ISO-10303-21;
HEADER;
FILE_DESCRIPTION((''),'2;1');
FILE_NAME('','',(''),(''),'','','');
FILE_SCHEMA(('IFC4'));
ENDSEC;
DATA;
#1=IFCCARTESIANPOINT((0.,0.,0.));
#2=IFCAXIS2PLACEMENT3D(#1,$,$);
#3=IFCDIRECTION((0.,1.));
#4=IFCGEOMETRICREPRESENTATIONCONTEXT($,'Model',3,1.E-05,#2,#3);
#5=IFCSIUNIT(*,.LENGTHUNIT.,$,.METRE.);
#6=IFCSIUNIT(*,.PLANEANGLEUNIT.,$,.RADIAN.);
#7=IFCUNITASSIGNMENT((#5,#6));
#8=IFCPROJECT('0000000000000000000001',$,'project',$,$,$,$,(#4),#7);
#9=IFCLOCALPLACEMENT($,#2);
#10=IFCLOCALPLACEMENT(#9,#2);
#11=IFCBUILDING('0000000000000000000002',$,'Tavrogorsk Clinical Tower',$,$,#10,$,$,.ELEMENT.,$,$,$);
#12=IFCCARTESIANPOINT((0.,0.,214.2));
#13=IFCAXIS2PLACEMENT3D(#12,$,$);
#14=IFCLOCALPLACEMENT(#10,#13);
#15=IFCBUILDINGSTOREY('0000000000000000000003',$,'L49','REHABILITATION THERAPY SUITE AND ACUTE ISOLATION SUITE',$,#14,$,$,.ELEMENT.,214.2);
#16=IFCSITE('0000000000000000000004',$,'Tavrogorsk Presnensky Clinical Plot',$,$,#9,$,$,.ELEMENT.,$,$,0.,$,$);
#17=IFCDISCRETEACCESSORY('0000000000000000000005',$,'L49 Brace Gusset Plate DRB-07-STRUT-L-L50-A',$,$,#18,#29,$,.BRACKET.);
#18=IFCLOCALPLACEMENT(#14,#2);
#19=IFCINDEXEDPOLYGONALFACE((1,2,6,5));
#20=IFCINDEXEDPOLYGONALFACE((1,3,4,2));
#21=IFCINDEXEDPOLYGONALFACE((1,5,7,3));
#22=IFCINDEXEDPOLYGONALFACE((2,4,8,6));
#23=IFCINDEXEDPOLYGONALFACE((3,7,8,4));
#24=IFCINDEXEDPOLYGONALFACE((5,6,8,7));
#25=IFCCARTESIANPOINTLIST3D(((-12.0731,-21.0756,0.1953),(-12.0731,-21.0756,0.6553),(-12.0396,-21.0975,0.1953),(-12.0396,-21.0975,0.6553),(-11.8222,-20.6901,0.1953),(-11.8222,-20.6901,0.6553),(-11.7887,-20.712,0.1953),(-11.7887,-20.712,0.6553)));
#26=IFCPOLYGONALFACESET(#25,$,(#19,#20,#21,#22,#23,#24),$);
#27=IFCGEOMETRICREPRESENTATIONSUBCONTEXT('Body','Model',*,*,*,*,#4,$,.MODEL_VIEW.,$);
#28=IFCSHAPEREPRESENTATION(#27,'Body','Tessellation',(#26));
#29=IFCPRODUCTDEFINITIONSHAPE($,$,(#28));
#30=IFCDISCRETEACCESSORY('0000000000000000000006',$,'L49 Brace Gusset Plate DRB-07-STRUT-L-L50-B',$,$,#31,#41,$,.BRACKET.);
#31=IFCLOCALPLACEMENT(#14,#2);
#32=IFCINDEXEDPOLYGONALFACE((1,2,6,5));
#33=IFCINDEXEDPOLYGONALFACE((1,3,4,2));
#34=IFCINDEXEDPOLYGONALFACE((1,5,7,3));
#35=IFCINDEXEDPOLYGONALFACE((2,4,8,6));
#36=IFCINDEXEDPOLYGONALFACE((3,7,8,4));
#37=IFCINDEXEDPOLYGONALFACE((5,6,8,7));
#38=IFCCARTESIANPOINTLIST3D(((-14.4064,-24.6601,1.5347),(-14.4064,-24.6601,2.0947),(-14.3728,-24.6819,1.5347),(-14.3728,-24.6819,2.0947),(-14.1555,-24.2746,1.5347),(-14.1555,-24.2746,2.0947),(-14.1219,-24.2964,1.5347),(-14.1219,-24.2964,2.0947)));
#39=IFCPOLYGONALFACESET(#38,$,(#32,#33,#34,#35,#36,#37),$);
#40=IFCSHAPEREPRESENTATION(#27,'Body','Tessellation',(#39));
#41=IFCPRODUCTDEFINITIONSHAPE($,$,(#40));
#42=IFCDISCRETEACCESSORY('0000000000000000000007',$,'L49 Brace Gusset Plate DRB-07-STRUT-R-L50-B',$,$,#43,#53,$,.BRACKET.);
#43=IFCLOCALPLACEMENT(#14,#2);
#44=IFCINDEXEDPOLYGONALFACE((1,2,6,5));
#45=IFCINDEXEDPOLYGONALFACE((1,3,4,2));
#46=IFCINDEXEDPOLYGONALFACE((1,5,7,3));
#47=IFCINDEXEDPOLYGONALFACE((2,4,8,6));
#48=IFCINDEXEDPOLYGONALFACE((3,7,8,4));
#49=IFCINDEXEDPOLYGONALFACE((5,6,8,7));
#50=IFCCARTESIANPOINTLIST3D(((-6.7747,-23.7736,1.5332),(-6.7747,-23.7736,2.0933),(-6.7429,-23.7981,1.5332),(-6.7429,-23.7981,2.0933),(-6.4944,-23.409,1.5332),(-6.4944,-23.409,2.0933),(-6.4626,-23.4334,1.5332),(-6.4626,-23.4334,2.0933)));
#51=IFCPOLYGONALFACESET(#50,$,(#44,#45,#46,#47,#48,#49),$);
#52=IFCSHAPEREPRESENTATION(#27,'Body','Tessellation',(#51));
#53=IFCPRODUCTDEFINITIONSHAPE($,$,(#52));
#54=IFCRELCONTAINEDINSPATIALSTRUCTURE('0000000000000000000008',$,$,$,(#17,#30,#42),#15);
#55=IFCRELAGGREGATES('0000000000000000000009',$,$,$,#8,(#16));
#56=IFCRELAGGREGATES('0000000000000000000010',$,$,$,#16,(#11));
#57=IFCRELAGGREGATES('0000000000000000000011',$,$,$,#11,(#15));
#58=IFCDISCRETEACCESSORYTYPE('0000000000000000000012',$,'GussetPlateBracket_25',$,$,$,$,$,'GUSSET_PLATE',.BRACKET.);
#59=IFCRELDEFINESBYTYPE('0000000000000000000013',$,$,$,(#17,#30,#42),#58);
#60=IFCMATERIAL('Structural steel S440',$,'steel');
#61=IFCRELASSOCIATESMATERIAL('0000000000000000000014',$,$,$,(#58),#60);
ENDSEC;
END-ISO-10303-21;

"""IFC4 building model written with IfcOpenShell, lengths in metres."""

from ifc_helpers import new_model, si_unit, direction, frame, origin, origin_2d, place, context, subcontext, project, spatial, rectangle, extrude, material, type_object, element, save


model = new_model("IFC4")

# Units and contexts
model_context = context("Model", 3, precision=1e-05, world=origin(), true_north=direction((0.0, 1.0)))
body_context = subcontext(model_context, "Body", "Model", "MODEL_VIEW")
ifc_project = project(units=[si_unit("LENGTHUNIT", "METRE"), si_unit("PLANEANGLEUNIT", "RADIAN")], contexts=[model_context])

# Site, building, storey
site_placement = place(None, origin())
site = spatial("IfcSite", under=ifc_project, at=site_placement, Name="Tavrogorsk Presnensky Clinical Plot", CompositionType="ELEMENT", RefElevation=0.0)
building_placement = place(site_placement, origin())
building = spatial("IfcBuilding", under=site, at=building_placement, Name="Tavrogorsk Clinical Tower", CompositionType="ELEMENT")
storey_placement = place(building_placement, frame((0.0, 0.0, 214.2)))
storey = spatial("IfcBuildingStorey", under=building, at=storey_placement, Name="L49", Description="REHABILITATION THERAPY SUITE AND ACUTE ISOLATION SUITE", CompositionType="ELEMENT", Elevation=214.2)

# Discrete accessories
ifc_material_1 = material(Name="Structural steel S440", Category="steel")
discrete_accessory_type = type_object("IfcDiscreteAccessoryType", Name="GussetPlateBracket_25", ElementType="GUSSET_PLATE", PredefinedType="BRACKET", material=ifc_material_1)
discrete_accessory_placement = place(storey_placement, frame((-11.9309, -20.8938, 0.1953), z_axis=(0.0, 0.0, 1.0), x_axis=(-0.545517, -0.8381, 0.0)))
element("IfcDiscreteAccessory", 1, at=discrete_accessory_placement, inside=storey, type_object=discrete_accessory_type, Name="L49 Brace Gusset Plate DRB-07-STRUT-L-L50-A", PredefinedType="BRACKET", context=body_context, shape_type="SweptSolid", body=[
    extrude(rectangle(XDim=0.46, YDim=0.04, at=origin_2d()), origin(), (0.0, 0.0, 1.0), 0.46),
])
for number, where, z_axis, x_axis, name in (
    (2, (-14.2642, -24.4783, 1.5347), (0.0, 0.0, 1.0), (-0.545517, -0.8381, 0.0), "L49 Brace Gusset Plate DRB-07-STRUT-L-L50-B"),
    (3, (-6.6187, -23.6035, 1.5332), (0.0, 0.0, 1.0), (-0.609454, -0.792822, 0.0), "L49 Brace Gusset Plate DRB-07-STRUT-R-L50-B"),
):
    element("IfcDiscreteAccessory", number, at=place(storey_placement, frame(where, z_axis=z_axis, x_axis=x_axis)), inside=storey, type_object=discrete_accessory_type, Name=name, PredefinedType="BRACKET", context=body_context, shape_type="SweptSolid", body=[
        extrude(rectangle(XDim=0.46, YDim=0.04, at=origin_2d()), origin(), (0.0, 0.0, 1.0), 0.5601),
    ])

save(model, "model.ifc")
